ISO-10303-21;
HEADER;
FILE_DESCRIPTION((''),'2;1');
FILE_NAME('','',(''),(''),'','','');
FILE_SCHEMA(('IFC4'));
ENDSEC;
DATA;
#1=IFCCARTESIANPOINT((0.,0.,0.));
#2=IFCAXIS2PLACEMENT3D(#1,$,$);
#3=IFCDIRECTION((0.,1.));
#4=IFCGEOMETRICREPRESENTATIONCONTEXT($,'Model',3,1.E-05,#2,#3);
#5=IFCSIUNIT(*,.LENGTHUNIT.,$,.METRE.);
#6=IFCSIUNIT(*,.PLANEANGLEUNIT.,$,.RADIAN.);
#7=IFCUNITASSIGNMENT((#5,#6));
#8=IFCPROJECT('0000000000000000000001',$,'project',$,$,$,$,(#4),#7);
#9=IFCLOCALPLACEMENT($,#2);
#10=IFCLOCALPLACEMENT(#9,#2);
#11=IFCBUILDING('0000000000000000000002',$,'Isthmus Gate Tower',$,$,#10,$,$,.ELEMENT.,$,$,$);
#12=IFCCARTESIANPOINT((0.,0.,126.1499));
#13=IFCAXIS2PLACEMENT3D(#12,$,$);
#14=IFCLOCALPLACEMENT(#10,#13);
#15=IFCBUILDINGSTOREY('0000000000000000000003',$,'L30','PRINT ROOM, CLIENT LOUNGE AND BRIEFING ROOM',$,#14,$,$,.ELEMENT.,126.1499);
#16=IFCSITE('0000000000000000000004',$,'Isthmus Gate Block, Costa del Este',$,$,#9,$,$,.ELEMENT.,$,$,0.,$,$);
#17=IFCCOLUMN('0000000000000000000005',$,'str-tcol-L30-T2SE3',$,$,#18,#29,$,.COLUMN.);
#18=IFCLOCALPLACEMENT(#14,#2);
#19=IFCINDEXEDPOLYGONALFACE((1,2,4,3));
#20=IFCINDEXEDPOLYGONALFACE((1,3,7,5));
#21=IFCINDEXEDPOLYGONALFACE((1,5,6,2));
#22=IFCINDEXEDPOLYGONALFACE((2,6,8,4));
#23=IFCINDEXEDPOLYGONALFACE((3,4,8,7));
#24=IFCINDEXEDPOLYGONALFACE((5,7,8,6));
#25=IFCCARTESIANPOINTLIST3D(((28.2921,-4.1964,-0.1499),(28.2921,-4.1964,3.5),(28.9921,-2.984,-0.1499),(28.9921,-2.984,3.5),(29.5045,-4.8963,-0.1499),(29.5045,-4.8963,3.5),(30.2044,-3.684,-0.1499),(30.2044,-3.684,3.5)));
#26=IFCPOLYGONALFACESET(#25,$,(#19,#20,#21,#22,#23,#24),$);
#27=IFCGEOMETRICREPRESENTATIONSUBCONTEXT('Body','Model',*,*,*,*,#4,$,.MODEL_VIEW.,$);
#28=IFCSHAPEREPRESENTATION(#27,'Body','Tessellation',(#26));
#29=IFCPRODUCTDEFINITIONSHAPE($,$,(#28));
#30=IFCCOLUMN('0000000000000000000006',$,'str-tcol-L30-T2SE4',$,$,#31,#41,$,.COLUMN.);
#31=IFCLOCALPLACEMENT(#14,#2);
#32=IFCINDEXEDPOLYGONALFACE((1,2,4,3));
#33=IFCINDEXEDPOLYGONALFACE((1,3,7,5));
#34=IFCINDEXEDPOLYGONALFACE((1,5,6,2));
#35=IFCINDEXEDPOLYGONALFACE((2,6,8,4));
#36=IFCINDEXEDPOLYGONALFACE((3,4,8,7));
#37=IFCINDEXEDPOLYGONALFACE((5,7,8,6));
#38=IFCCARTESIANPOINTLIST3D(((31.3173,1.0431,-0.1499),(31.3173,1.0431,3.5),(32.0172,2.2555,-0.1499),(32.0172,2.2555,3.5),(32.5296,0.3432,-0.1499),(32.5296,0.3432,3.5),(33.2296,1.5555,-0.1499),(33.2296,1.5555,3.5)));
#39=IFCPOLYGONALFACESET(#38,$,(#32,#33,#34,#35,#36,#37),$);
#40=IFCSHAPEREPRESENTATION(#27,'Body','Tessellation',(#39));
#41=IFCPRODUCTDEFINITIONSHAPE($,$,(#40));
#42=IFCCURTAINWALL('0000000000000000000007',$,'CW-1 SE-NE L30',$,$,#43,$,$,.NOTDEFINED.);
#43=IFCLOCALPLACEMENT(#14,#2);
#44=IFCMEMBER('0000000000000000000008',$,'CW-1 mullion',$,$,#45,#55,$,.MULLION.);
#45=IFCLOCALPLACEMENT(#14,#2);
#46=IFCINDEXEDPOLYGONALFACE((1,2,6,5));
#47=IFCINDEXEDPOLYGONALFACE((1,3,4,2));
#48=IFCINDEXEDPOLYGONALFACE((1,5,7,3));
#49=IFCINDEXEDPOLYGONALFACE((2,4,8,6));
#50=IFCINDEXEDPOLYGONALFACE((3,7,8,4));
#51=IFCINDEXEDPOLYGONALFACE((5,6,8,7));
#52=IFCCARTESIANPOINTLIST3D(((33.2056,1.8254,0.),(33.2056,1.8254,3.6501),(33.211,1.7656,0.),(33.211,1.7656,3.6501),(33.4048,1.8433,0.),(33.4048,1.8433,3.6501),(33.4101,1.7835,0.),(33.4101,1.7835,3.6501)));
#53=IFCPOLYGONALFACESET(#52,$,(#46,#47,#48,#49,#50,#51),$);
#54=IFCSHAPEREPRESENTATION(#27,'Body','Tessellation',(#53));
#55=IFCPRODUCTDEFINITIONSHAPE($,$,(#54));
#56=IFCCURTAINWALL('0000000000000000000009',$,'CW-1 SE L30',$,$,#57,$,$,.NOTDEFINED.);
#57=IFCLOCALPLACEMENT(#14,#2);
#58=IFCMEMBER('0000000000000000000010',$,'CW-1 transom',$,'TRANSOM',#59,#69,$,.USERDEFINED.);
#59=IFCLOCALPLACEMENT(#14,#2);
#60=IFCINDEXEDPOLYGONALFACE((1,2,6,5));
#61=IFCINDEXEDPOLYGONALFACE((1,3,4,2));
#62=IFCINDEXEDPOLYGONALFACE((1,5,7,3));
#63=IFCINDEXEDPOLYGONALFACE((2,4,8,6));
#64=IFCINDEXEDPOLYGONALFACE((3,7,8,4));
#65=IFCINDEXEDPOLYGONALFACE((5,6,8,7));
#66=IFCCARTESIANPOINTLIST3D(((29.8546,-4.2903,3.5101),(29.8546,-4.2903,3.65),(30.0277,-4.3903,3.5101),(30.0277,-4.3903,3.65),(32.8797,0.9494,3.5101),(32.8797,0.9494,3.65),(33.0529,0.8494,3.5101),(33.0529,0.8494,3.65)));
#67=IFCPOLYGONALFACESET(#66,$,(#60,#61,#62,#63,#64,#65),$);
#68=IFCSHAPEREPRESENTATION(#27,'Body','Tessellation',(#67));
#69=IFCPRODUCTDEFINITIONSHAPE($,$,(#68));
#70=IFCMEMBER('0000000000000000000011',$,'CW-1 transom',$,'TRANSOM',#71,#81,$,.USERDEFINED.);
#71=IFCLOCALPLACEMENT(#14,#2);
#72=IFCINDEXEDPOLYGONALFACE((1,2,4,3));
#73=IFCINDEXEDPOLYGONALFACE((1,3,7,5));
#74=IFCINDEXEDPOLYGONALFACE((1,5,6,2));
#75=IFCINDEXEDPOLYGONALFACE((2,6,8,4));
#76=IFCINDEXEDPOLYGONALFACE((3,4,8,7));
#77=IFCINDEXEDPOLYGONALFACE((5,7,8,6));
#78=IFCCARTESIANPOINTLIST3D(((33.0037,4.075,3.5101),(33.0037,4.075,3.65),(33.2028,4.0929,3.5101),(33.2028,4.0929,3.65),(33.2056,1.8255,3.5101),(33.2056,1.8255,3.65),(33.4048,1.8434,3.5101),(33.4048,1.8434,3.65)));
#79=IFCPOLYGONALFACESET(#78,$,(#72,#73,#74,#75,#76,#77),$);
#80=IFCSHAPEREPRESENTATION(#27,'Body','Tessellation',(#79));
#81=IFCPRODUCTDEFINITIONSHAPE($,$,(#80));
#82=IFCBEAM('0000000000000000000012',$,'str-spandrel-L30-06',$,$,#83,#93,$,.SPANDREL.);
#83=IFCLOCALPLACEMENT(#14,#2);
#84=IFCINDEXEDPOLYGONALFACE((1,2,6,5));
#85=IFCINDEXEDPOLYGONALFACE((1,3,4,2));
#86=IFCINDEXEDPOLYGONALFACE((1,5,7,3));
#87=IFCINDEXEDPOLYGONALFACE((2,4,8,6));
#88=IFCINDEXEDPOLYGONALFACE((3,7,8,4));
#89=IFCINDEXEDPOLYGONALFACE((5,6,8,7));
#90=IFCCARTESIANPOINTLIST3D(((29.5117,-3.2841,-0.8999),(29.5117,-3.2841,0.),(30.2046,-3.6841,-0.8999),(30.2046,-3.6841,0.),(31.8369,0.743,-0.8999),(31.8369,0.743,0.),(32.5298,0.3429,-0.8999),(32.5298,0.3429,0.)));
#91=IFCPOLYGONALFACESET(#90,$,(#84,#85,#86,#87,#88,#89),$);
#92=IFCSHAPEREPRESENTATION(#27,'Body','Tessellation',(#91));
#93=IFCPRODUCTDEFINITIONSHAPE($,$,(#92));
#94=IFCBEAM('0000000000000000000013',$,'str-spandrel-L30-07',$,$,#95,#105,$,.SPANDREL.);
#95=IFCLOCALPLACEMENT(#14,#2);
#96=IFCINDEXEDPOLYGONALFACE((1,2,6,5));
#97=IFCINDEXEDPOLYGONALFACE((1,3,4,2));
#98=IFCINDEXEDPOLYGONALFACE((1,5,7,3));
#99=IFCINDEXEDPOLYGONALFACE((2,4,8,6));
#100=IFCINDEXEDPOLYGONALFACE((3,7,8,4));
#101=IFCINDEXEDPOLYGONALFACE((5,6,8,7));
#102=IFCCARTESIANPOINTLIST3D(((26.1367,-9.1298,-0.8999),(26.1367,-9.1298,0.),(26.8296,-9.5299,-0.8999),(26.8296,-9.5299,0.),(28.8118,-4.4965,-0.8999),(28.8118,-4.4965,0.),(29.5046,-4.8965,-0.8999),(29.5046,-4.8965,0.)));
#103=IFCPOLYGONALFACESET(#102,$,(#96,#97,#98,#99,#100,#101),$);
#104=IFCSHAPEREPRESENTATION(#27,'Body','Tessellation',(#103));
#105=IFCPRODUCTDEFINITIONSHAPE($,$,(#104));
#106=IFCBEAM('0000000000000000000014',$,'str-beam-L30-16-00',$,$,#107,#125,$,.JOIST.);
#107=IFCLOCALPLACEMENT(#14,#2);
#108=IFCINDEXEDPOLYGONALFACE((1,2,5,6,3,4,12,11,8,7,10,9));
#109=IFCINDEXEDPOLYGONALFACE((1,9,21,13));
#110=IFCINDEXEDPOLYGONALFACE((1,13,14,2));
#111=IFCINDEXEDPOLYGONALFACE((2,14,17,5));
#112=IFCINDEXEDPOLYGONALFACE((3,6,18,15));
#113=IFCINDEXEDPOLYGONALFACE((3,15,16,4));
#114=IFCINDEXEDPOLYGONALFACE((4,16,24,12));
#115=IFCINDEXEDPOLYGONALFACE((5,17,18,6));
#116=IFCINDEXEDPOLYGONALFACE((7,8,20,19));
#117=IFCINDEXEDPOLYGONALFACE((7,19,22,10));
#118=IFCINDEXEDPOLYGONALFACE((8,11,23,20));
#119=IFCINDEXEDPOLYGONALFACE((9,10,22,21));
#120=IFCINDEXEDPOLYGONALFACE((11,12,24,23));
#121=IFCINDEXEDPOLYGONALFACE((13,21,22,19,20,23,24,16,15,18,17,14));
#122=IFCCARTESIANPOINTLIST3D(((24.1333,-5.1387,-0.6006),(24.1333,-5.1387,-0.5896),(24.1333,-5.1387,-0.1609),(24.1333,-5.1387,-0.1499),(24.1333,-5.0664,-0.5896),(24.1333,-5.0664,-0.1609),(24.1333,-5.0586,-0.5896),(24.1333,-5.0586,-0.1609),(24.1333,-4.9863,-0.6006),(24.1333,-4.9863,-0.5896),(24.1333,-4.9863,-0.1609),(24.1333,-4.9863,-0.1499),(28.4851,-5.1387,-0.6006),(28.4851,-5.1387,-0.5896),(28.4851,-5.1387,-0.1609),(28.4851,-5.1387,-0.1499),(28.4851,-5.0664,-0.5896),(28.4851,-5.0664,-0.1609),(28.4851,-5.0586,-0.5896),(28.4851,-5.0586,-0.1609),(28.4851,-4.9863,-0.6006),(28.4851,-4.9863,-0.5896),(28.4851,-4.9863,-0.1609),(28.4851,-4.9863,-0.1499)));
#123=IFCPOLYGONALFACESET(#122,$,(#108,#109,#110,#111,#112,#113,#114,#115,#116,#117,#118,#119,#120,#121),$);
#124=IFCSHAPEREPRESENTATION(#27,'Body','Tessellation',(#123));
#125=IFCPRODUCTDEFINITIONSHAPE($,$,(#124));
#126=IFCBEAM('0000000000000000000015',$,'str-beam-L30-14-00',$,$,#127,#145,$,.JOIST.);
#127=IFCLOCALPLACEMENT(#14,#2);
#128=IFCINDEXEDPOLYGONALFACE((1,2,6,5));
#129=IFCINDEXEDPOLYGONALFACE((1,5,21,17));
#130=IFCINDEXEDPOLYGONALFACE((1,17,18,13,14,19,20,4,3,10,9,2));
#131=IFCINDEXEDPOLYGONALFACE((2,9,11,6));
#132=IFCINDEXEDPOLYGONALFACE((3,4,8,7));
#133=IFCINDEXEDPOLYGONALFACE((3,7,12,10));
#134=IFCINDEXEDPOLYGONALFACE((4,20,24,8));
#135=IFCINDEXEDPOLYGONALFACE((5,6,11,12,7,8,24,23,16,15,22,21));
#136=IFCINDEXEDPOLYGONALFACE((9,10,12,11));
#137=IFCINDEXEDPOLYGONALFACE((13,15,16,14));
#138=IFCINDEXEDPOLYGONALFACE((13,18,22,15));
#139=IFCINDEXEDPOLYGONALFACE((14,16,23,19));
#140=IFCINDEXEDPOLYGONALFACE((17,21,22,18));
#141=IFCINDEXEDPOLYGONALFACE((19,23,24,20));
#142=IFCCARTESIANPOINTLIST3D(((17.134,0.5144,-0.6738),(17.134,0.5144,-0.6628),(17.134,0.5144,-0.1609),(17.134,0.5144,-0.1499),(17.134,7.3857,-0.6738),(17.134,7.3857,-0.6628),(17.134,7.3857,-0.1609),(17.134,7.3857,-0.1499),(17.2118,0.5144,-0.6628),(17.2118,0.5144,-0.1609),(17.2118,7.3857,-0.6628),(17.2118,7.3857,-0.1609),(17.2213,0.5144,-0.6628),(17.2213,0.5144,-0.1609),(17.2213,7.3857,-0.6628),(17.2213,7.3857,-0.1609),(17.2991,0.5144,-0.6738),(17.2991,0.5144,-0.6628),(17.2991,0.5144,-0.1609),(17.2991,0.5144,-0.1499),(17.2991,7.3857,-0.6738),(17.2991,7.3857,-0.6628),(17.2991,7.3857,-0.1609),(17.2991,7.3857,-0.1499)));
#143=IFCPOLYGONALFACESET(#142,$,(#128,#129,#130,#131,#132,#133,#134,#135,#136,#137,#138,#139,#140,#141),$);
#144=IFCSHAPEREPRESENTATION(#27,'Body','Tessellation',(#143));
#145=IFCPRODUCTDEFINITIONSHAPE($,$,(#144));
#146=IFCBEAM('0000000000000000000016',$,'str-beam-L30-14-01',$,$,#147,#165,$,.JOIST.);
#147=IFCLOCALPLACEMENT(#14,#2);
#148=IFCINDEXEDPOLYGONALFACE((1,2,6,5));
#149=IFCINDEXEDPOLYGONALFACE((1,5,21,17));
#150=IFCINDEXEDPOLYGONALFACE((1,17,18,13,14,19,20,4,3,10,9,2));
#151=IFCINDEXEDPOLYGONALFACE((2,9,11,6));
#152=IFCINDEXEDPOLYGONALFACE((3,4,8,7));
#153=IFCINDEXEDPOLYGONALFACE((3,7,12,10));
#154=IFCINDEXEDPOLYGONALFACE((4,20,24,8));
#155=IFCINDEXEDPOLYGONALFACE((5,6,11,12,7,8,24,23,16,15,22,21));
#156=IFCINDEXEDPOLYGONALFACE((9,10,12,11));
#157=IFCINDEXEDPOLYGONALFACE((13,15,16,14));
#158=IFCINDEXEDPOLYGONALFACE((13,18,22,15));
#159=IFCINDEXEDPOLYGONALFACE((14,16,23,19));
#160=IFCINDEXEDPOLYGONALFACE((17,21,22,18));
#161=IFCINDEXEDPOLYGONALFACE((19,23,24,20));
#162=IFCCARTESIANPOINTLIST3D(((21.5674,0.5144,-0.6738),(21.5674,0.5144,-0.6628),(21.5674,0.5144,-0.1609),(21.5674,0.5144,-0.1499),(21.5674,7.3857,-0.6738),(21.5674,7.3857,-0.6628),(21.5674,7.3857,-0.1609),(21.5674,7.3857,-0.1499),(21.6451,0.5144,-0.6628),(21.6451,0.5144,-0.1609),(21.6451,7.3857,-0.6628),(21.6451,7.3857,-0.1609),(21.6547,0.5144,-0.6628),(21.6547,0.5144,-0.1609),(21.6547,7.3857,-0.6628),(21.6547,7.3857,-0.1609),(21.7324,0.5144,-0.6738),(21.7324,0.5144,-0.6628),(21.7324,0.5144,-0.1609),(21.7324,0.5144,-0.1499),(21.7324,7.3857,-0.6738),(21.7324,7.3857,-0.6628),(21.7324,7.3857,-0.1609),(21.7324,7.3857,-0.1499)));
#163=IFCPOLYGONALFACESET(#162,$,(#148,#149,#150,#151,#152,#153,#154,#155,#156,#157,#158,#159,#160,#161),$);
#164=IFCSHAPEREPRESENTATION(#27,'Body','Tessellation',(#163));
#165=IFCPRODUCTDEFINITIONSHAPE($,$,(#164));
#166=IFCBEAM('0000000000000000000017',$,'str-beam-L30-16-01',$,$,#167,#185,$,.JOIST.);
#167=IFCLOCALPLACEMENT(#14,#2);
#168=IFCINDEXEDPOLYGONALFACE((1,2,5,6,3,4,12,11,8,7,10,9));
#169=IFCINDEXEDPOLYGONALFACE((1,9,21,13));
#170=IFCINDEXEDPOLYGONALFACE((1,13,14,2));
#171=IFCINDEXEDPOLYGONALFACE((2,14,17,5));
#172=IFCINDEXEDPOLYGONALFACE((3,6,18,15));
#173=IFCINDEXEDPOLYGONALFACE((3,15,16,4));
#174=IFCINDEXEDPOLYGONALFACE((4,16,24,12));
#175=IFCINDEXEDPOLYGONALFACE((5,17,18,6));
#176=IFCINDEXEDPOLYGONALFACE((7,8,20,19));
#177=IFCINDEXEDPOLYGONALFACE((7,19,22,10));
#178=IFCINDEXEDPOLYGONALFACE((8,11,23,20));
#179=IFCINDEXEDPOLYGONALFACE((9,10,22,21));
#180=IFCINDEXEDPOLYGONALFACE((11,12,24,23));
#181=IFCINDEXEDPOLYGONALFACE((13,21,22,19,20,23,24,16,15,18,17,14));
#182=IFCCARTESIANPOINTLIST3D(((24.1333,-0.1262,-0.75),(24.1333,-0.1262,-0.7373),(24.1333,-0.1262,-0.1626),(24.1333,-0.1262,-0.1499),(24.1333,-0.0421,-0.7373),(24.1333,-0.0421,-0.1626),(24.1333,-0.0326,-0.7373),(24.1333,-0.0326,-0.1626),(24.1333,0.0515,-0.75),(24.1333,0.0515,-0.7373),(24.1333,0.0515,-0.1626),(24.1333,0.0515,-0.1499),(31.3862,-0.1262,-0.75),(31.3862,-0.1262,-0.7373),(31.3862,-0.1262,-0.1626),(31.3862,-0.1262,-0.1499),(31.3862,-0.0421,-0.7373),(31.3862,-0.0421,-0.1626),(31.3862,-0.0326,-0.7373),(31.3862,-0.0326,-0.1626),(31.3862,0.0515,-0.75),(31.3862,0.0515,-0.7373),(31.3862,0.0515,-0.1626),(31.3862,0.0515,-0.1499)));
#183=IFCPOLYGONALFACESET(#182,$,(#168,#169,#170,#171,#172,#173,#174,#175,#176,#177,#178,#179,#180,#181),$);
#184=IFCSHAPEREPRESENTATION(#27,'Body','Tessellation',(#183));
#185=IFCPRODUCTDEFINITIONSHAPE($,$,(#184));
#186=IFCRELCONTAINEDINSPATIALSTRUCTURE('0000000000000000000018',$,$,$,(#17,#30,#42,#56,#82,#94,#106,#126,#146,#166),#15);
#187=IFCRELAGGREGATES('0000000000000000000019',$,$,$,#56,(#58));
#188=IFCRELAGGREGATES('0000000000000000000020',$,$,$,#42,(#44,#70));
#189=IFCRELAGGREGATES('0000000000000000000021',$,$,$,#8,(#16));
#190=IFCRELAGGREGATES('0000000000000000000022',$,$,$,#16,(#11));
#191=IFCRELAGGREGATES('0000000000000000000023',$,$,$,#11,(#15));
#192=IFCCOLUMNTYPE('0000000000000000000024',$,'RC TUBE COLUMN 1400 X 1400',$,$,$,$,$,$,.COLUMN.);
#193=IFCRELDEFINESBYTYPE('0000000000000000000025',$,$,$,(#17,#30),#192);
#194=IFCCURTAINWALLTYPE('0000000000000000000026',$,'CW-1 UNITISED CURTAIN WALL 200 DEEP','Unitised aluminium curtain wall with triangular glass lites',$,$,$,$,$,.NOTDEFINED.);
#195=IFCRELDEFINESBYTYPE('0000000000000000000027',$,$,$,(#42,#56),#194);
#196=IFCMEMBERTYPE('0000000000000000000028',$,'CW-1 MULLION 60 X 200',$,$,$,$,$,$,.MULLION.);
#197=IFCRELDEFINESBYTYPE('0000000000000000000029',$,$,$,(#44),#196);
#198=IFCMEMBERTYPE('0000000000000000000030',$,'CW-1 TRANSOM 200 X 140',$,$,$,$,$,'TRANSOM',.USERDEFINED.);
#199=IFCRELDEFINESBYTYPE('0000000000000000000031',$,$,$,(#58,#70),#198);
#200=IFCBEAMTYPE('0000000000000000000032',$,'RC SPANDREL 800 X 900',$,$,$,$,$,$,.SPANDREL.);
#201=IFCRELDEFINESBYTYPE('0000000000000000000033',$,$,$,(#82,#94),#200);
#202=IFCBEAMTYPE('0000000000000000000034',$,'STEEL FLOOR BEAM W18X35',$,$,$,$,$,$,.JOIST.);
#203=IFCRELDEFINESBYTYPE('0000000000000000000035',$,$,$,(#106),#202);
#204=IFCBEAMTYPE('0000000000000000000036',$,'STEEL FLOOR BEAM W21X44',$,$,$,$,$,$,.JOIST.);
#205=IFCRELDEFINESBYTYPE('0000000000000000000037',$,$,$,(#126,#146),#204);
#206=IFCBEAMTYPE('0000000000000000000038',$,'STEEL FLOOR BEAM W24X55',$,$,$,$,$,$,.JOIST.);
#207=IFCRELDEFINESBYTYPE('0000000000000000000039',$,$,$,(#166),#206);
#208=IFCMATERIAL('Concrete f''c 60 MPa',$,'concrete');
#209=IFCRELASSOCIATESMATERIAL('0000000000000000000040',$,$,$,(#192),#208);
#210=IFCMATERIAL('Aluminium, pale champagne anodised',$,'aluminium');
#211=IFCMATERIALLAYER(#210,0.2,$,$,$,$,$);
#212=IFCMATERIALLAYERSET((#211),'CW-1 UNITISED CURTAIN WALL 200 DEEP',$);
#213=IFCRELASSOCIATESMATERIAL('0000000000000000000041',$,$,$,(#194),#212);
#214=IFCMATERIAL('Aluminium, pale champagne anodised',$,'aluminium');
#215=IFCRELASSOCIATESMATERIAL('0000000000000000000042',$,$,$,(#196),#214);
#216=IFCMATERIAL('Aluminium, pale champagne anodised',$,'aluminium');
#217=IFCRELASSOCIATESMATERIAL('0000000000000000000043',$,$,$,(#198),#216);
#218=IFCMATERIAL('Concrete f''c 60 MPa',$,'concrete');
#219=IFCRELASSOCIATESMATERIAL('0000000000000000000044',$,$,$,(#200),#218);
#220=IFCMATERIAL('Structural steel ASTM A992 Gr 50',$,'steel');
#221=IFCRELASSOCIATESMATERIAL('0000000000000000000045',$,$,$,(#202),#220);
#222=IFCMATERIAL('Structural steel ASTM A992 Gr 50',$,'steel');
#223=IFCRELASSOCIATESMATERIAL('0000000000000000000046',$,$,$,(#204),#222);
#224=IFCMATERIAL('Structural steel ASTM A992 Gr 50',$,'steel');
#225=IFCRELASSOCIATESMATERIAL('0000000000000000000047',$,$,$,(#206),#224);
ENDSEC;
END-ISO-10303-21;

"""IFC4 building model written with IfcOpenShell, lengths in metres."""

from ifc_helpers import new_model, si_unit, direction, frame, origin, origin_2d, place, context, subcontext, project, spatial, rectangle, i_section, extrude, material, layer, layer_set, material_profile, profile_set, type_object, element, aggregate, save


model = new_model("IFC4")

# Units and contexts
model_context = context("Model", 3, precision=1e-05, world=origin(), true_north=direction((0.0, 1.0)))
body_context = subcontext(model_context, "Body", "Model", "MODEL_VIEW")
ifc_project = project(units=[si_unit("LENGTHUNIT", "METRE"), si_unit("PLANEANGLEUNIT", "RADIAN")], contexts=[model_context])

# Site, building, storey
site_placement = place(None, origin())
site = spatial("IfcSite", under=ifc_project, at=site_placement, Name="Isthmus Gate Block, Costa del Este", CompositionType="ELEMENT", RefElevation=0.0)
building_placement = place(site_placement, origin())
building = spatial("IfcBuilding", under=site, at=building_placement, Name="Isthmus Gate Tower", CompositionType="ELEMENT")
storey_placement = place(building_placement, frame((0.0, 0.0, 126.1499)))
storey = spatial("IfcBuildingStorey", under=building, at=storey_placement, Name="L30", Description="PRINT ROOM, CLIENT LOUNGE AND BRIEFING ROOM", CompositionType="ELEMENT", Elevation=126.1499)

# Columns
ifc_material_1 = material(Name="Concrete f'c 60 MPa", Category="concrete")
ifc_material_profile_1 = material_profile(ifc_material_1, rectangle(XDim=1.3999, YDim=1.3999, at=origin_2d()), Name="RC 1400X1400")
ifc_profile_set_1 = profile_set([ifc_material_profile_1], Name="Concrete f'c 60 MPa")
column_type = type_object("IfcColumnType", Name="RC TUBE COLUMN 1400 X 1400", PredefinedType="COLUMN", material=ifc_profile_set_1)
for number, where, z_axis, x_axis, name in (
    (1, (29.2483, -3.9402, -0.1499), (0.0, 0.0, 1.0), (0.5, 0.866025, 0.0), "str-tcol-L30-T2SE3"),
    (2, (32.2734, 1.2993, -0.1499), (0.0, 0.0, 1.0), (0.5, 0.866025, 0.0), "str-tcol-L30-T2SE4"),
):
    element("IfcColumn", number, at=place(storey_placement, frame(where, z_axis=z_axis, x_axis=x_axis)), inside=storey, type_object=column_type, Name=name, PredefinedType="COLUMN", context=body_context, shape_type="SweptSolid", body=[
        extrude(rectangle(XDim=1.3999, YDim=1.3999, at=origin_2d()), origin(), (0.0, 0.0, 1.0), 3.6499),
    ])

# Curtain walls, members
ifc_material_2 = material(Name="Aluminium, pale champagne anodised", Category="aluminium")
ifc_layer_1 = layer(ifc_material_2, 0.2)
ifc_layer_set_1 = layer_set([ifc_layer_1], Name="CW-1 UNITISED CURTAIN WALL 200 DEEP")
curtain_wall_type = type_object("IfcCurtainWallType", Name="CW-1 UNITISED CURTAIN WALL 200 DEEP", Description="Unitised aluminium curtain wall with triangular glass lites", PredefinedType="NOTDEFINED", material=ifc_layer_set_1)
curtain_wall_1_placement = place(storey_placement, origin())
curtain_wall_1 = element("IfcCurtainWall", 3, at=curtain_wall_1_placement, inside=storey, type_object=curtain_wall_type, Name="CW-1 SE-NE L30", PredefinedType="NOTDEFINED")
ifc_material_3 = material(Name="Aluminium, pale champagne anodised", Category="aluminium")
ifc_material_profile_2 = material_profile(ifc_material_3, rectangle(XDim=0.0601, YDim=0.2, at=origin_2d()), Name="60x200")
ifc_profile_set_2 = profile_set([ifc_material_profile_2], Name="Aluminium, pale champagne anodised")
member_type_1 = type_object("IfcMemberType", Name="CW-1 MULLION 60 X 200", PredefinedType="MULLION", material=ifc_profile_set_2)
member_1_placement = place(storey_placement, frame((33.3079, 1.8044, 0.0), z_axis=(0.0, 0.0, 1.0), x_axis=(-0.089397, 0.995996, 0.0)))
member_1 = element("IfcMember", 4, at=member_1_placement, type_object=member_type_1, Name="CW-1 mullion", PredefinedType="MULLION", context=body_context, shape_type="SweptSolid", body=[
    extrude(rectangle(XDim=0.0601, YDim=0.2, at=origin_2d()), origin(), (0.0, 0.0, 1.0), 3.6501),
])
curtain_wall_2_placement = place(storey_placement, origin())
curtain_wall_2 = element("IfcCurtainWall", 5, at=curtain_wall_2_placement, inside=storey, type_object=curtain_wall_type, Name="CW-1 SE L30", PredefinedType="NOTDEFINED")
ifc_material_4 = material(Name="Aluminium, pale champagne anodised", Category="aluminium")
ifc_material_profile_3 = material_profile(ifc_material_4, rectangle(XDim=0.2, YDim=0.1399, at=origin_2d()), Name="200x140")
ifc_profile_set_3 = profile_set([ifc_material_profile_3], Name="Aluminium, pale champagne anodised")
member_type_2 = type_object("IfcMemberType", Name="CW-1 TRANSOM 200 X 140", ElementType="TRANSOM", PredefinedType="USERDEFINED", material=ifc_profile_set_3)
member_2_placement = place(storey_placement, frame((29.9412, -4.3403, 3.5801), z_axis=(0.499997, 0.866027, 0.0), x_axis=(-0.866027, 0.499997, 0.0)))
member_2 = element("IfcMember", 6, at=member_2_placement, type_object=member_type_2, Name="CW-1 transom", ObjectType="TRANSOM", PredefinedType="USERDEFINED", context=body_context, shape_type="SweptSolid", body=[
    extrude(rectangle(XDim=0.2, YDim=0.1399, at=origin_2d()), origin(), (0.0, 0.0, 1.0), 6.0503),
])

# Member
member_3_placement = place(storey_placement, frame((33.3052, 1.8345, 3.5801), z_axis=(-0.089395, 0.995996, 0.0), x_axis=(-0.995996, -0.089395, 0.0)))
member_3 = element("IfcMember", 7, at=member_3_placement, type_object=member_type_2, Name="CW-1 transom", ObjectType="TRANSOM", PredefinedType="USERDEFINED", context=body_context, shape_type="SweptSolid", body=[
    extrude(rectangle(XDim=0.2, YDim=0.1399, at=origin_2d()), origin(), (0.0, 0.0, 1.0), 2.2585),
])

# Beams
ifc_material_5 = material(Name="Concrete f'c 60 MPa", Category="concrete")
ifc_material_profile_4 = material_profile(ifc_material_5, rectangle(XDim=0.8, YDim=0.8999, at=origin_2d()), Name="RC 800X900")
ifc_profile_set_4 = profile_set([ifc_material_profile_4], Name="Concrete f'c 60 MPa")
beam_type_1 = type_object("IfcBeamType", Name="RC SPANDREL 800 X 900", PredefinedType="SPANDREL", material=ifc_profile_set_4)
beam_1_placement = place(storey_placement, frame((32.1833, 0.543, -0.45), z_axis=(-0.500024, -0.866012, 0.0), x_axis=(0.866012, -0.500024, 0.0)))
element("IfcBeam", 8, at=beam_1_placement, inside=storey, type_object=beam_type_1, Name="str-spandrel-L30-06", PredefinedType="SPANDREL", context=body_context, shape_type="SweptSolid", body=[
    extrude(rectangle(XDim=0.8, YDim=0.8999, at=origin_2d()), origin(), (0.0, 0.0, 1.0), 4.6501),
])
beam_2_placement = place(storey_placement, frame((29.1582, -4.6965, -0.45), z_axis=(-0.500002, -0.866024, 0.0), x_axis=(0.866024, -0.500002, 0.0)))
element("IfcBeam", 9, at=beam_2_placement, inside=storey, type_object=beam_type_1, Name="str-spandrel-L30-07", PredefinedType="SPANDREL", context=body_context, shape_type="SweptSolid", body=[
    extrude(rectangle(XDim=0.8, YDim=0.8999, at=origin_2d()), origin(), (0.0, 0.0, 1.0), 5.3501),
])
ifc_material_6 = material(Name="Structural steel ASTM A992 Gr 50", Category="steel")
ifc_material_profile_5 = material_profile(ifc_material_6, i_section(OverallWidth=0.1523, OverallDepth=0.4507, WebThickness=0.0078, FlangeThickness=0.011, at=origin_2d()), Name="W18X35")
ifc_profile_set_5 = profile_set([ifc_material_profile_5], Name="Structural steel ASTM A992 Gr 50")
beam_type_2 = type_object("IfcBeamType", Name="STEEL FLOOR BEAM W18X35", PredefinedType="JOIST", material=ifc_profile_set_5)
beam_3_placement = place(storey_placement, frame((24.1333, -5.0625, -0.3752), z_axis=(1.0, 0.0, 0.0), x_axis=(0.0, 1.0, 0.0)))
element("IfcBeam", 10, at=beam_3_placement, inside=storey, type_object=beam_type_2, Name="str-beam-L30-16-00", PredefinedType="JOIST", context=body_context, shape_type="SweptSolid", body=[
    extrude(i_section(OverallWidth=0.1523, OverallDepth=0.4507, WebThickness=0.0078, FlangeThickness=0.011, at=origin_2d()), origin(), (0.0, 0.0, 1.0), 4.3518),
])
ifc_material_7 = material(Name="Structural steel ASTM A992 Gr 50", Category="steel")
ifc_material_profile_6 = material_profile(ifc_material_7, i_section(OverallWidth=0.165, OverallDepth=0.5239, WebThickness=0.0095, FlangeThickness=0.011, at=origin_2d()), Name="W21X44")
ifc_profile_set_6 = profile_set([ifc_material_profile_6], Name="Structural steel ASTM A992 Gr 50")
beam_type_3 = type_object("IfcBeamType", Name="STEEL FLOOR BEAM W21X44", PredefinedType="JOIST", material=ifc_profile_set_6)
for number, where, z_axis, x_axis, name in (
    (11, (17.2166, 0.5144, -0.4119), (0.0, 1.0, 0.0), (-1.0, 0.0, 0.0), "str-beam-L30-14-00"),
    (12, (21.6499, 0.5144, -0.4119), (0.0, 1.0, 0.0), (-1.0, 0.0, 0.0), "str-beam-L30-14-01"),
):
    element("IfcBeam", number, at=place(storey_placement, frame(where, z_axis=z_axis, x_axis=x_axis)), inside=storey, type_object=beam_type_3, Name=name, PredefinedType="JOIST", context=body_context, shape_type="SweptSolid", body=[
        extrude(i_section(OverallWidth=0.165, OverallDepth=0.5239, WebThickness=0.0095, FlangeThickness=0.011, at=origin_2d()), origin(), (0.0, 0.0, 1.0), 6.8713),
    ])
ifc_material_8 = material(Name="Structural steel ASTM A992 Gr 50", Category="steel")
ifc_material_profile_7 = material_profile(ifc_material_8, i_section(OverallWidth=0.1777, OverallDepth=0.6001, WebThickness=0.0095, FlangeThickness=0.0127, at=origin_2d()), Name="W24X55")
ifc_profile_set_7 = profile_set([ifc_material_profile_7], Name="Structural steel ASTM A992 Gr 50")
beam_type_4 = type_object("IfcBeamType", Name="STEEL FLOOR BEAM W24X55", PredefinedType="JOIST", material=ifc_profile_set_7)
beam_4_placement = place(storey_placement, frame((24.1333, -0.0374, -0.45), z_axis=(1.0, 0.0, 0.0), x_axis=(0.0, 1.0, 0.0)))
element("IfcBeam", 13, at=beam_4_placement, inside=storey, type_object=beam_type_4, Name="str-beam-L30-16-01", PredefinedType="JOIST", context=body_context, shape_type="SweptSolid", body=[
    extrude(i_section(OverallWidth=0.1777, OverallDepth=0.6001, WebThickness=0.0095, FlangeThickness=0.0127, at=origin_2d()), origin(), (0.0, 0.0, 1.0), 7.2529),
])

aggregate(curtain_wall_2, [member_2])
aggregate(curtain_wall_1, [member_1, member_3])

save(model, "model.ifc")
